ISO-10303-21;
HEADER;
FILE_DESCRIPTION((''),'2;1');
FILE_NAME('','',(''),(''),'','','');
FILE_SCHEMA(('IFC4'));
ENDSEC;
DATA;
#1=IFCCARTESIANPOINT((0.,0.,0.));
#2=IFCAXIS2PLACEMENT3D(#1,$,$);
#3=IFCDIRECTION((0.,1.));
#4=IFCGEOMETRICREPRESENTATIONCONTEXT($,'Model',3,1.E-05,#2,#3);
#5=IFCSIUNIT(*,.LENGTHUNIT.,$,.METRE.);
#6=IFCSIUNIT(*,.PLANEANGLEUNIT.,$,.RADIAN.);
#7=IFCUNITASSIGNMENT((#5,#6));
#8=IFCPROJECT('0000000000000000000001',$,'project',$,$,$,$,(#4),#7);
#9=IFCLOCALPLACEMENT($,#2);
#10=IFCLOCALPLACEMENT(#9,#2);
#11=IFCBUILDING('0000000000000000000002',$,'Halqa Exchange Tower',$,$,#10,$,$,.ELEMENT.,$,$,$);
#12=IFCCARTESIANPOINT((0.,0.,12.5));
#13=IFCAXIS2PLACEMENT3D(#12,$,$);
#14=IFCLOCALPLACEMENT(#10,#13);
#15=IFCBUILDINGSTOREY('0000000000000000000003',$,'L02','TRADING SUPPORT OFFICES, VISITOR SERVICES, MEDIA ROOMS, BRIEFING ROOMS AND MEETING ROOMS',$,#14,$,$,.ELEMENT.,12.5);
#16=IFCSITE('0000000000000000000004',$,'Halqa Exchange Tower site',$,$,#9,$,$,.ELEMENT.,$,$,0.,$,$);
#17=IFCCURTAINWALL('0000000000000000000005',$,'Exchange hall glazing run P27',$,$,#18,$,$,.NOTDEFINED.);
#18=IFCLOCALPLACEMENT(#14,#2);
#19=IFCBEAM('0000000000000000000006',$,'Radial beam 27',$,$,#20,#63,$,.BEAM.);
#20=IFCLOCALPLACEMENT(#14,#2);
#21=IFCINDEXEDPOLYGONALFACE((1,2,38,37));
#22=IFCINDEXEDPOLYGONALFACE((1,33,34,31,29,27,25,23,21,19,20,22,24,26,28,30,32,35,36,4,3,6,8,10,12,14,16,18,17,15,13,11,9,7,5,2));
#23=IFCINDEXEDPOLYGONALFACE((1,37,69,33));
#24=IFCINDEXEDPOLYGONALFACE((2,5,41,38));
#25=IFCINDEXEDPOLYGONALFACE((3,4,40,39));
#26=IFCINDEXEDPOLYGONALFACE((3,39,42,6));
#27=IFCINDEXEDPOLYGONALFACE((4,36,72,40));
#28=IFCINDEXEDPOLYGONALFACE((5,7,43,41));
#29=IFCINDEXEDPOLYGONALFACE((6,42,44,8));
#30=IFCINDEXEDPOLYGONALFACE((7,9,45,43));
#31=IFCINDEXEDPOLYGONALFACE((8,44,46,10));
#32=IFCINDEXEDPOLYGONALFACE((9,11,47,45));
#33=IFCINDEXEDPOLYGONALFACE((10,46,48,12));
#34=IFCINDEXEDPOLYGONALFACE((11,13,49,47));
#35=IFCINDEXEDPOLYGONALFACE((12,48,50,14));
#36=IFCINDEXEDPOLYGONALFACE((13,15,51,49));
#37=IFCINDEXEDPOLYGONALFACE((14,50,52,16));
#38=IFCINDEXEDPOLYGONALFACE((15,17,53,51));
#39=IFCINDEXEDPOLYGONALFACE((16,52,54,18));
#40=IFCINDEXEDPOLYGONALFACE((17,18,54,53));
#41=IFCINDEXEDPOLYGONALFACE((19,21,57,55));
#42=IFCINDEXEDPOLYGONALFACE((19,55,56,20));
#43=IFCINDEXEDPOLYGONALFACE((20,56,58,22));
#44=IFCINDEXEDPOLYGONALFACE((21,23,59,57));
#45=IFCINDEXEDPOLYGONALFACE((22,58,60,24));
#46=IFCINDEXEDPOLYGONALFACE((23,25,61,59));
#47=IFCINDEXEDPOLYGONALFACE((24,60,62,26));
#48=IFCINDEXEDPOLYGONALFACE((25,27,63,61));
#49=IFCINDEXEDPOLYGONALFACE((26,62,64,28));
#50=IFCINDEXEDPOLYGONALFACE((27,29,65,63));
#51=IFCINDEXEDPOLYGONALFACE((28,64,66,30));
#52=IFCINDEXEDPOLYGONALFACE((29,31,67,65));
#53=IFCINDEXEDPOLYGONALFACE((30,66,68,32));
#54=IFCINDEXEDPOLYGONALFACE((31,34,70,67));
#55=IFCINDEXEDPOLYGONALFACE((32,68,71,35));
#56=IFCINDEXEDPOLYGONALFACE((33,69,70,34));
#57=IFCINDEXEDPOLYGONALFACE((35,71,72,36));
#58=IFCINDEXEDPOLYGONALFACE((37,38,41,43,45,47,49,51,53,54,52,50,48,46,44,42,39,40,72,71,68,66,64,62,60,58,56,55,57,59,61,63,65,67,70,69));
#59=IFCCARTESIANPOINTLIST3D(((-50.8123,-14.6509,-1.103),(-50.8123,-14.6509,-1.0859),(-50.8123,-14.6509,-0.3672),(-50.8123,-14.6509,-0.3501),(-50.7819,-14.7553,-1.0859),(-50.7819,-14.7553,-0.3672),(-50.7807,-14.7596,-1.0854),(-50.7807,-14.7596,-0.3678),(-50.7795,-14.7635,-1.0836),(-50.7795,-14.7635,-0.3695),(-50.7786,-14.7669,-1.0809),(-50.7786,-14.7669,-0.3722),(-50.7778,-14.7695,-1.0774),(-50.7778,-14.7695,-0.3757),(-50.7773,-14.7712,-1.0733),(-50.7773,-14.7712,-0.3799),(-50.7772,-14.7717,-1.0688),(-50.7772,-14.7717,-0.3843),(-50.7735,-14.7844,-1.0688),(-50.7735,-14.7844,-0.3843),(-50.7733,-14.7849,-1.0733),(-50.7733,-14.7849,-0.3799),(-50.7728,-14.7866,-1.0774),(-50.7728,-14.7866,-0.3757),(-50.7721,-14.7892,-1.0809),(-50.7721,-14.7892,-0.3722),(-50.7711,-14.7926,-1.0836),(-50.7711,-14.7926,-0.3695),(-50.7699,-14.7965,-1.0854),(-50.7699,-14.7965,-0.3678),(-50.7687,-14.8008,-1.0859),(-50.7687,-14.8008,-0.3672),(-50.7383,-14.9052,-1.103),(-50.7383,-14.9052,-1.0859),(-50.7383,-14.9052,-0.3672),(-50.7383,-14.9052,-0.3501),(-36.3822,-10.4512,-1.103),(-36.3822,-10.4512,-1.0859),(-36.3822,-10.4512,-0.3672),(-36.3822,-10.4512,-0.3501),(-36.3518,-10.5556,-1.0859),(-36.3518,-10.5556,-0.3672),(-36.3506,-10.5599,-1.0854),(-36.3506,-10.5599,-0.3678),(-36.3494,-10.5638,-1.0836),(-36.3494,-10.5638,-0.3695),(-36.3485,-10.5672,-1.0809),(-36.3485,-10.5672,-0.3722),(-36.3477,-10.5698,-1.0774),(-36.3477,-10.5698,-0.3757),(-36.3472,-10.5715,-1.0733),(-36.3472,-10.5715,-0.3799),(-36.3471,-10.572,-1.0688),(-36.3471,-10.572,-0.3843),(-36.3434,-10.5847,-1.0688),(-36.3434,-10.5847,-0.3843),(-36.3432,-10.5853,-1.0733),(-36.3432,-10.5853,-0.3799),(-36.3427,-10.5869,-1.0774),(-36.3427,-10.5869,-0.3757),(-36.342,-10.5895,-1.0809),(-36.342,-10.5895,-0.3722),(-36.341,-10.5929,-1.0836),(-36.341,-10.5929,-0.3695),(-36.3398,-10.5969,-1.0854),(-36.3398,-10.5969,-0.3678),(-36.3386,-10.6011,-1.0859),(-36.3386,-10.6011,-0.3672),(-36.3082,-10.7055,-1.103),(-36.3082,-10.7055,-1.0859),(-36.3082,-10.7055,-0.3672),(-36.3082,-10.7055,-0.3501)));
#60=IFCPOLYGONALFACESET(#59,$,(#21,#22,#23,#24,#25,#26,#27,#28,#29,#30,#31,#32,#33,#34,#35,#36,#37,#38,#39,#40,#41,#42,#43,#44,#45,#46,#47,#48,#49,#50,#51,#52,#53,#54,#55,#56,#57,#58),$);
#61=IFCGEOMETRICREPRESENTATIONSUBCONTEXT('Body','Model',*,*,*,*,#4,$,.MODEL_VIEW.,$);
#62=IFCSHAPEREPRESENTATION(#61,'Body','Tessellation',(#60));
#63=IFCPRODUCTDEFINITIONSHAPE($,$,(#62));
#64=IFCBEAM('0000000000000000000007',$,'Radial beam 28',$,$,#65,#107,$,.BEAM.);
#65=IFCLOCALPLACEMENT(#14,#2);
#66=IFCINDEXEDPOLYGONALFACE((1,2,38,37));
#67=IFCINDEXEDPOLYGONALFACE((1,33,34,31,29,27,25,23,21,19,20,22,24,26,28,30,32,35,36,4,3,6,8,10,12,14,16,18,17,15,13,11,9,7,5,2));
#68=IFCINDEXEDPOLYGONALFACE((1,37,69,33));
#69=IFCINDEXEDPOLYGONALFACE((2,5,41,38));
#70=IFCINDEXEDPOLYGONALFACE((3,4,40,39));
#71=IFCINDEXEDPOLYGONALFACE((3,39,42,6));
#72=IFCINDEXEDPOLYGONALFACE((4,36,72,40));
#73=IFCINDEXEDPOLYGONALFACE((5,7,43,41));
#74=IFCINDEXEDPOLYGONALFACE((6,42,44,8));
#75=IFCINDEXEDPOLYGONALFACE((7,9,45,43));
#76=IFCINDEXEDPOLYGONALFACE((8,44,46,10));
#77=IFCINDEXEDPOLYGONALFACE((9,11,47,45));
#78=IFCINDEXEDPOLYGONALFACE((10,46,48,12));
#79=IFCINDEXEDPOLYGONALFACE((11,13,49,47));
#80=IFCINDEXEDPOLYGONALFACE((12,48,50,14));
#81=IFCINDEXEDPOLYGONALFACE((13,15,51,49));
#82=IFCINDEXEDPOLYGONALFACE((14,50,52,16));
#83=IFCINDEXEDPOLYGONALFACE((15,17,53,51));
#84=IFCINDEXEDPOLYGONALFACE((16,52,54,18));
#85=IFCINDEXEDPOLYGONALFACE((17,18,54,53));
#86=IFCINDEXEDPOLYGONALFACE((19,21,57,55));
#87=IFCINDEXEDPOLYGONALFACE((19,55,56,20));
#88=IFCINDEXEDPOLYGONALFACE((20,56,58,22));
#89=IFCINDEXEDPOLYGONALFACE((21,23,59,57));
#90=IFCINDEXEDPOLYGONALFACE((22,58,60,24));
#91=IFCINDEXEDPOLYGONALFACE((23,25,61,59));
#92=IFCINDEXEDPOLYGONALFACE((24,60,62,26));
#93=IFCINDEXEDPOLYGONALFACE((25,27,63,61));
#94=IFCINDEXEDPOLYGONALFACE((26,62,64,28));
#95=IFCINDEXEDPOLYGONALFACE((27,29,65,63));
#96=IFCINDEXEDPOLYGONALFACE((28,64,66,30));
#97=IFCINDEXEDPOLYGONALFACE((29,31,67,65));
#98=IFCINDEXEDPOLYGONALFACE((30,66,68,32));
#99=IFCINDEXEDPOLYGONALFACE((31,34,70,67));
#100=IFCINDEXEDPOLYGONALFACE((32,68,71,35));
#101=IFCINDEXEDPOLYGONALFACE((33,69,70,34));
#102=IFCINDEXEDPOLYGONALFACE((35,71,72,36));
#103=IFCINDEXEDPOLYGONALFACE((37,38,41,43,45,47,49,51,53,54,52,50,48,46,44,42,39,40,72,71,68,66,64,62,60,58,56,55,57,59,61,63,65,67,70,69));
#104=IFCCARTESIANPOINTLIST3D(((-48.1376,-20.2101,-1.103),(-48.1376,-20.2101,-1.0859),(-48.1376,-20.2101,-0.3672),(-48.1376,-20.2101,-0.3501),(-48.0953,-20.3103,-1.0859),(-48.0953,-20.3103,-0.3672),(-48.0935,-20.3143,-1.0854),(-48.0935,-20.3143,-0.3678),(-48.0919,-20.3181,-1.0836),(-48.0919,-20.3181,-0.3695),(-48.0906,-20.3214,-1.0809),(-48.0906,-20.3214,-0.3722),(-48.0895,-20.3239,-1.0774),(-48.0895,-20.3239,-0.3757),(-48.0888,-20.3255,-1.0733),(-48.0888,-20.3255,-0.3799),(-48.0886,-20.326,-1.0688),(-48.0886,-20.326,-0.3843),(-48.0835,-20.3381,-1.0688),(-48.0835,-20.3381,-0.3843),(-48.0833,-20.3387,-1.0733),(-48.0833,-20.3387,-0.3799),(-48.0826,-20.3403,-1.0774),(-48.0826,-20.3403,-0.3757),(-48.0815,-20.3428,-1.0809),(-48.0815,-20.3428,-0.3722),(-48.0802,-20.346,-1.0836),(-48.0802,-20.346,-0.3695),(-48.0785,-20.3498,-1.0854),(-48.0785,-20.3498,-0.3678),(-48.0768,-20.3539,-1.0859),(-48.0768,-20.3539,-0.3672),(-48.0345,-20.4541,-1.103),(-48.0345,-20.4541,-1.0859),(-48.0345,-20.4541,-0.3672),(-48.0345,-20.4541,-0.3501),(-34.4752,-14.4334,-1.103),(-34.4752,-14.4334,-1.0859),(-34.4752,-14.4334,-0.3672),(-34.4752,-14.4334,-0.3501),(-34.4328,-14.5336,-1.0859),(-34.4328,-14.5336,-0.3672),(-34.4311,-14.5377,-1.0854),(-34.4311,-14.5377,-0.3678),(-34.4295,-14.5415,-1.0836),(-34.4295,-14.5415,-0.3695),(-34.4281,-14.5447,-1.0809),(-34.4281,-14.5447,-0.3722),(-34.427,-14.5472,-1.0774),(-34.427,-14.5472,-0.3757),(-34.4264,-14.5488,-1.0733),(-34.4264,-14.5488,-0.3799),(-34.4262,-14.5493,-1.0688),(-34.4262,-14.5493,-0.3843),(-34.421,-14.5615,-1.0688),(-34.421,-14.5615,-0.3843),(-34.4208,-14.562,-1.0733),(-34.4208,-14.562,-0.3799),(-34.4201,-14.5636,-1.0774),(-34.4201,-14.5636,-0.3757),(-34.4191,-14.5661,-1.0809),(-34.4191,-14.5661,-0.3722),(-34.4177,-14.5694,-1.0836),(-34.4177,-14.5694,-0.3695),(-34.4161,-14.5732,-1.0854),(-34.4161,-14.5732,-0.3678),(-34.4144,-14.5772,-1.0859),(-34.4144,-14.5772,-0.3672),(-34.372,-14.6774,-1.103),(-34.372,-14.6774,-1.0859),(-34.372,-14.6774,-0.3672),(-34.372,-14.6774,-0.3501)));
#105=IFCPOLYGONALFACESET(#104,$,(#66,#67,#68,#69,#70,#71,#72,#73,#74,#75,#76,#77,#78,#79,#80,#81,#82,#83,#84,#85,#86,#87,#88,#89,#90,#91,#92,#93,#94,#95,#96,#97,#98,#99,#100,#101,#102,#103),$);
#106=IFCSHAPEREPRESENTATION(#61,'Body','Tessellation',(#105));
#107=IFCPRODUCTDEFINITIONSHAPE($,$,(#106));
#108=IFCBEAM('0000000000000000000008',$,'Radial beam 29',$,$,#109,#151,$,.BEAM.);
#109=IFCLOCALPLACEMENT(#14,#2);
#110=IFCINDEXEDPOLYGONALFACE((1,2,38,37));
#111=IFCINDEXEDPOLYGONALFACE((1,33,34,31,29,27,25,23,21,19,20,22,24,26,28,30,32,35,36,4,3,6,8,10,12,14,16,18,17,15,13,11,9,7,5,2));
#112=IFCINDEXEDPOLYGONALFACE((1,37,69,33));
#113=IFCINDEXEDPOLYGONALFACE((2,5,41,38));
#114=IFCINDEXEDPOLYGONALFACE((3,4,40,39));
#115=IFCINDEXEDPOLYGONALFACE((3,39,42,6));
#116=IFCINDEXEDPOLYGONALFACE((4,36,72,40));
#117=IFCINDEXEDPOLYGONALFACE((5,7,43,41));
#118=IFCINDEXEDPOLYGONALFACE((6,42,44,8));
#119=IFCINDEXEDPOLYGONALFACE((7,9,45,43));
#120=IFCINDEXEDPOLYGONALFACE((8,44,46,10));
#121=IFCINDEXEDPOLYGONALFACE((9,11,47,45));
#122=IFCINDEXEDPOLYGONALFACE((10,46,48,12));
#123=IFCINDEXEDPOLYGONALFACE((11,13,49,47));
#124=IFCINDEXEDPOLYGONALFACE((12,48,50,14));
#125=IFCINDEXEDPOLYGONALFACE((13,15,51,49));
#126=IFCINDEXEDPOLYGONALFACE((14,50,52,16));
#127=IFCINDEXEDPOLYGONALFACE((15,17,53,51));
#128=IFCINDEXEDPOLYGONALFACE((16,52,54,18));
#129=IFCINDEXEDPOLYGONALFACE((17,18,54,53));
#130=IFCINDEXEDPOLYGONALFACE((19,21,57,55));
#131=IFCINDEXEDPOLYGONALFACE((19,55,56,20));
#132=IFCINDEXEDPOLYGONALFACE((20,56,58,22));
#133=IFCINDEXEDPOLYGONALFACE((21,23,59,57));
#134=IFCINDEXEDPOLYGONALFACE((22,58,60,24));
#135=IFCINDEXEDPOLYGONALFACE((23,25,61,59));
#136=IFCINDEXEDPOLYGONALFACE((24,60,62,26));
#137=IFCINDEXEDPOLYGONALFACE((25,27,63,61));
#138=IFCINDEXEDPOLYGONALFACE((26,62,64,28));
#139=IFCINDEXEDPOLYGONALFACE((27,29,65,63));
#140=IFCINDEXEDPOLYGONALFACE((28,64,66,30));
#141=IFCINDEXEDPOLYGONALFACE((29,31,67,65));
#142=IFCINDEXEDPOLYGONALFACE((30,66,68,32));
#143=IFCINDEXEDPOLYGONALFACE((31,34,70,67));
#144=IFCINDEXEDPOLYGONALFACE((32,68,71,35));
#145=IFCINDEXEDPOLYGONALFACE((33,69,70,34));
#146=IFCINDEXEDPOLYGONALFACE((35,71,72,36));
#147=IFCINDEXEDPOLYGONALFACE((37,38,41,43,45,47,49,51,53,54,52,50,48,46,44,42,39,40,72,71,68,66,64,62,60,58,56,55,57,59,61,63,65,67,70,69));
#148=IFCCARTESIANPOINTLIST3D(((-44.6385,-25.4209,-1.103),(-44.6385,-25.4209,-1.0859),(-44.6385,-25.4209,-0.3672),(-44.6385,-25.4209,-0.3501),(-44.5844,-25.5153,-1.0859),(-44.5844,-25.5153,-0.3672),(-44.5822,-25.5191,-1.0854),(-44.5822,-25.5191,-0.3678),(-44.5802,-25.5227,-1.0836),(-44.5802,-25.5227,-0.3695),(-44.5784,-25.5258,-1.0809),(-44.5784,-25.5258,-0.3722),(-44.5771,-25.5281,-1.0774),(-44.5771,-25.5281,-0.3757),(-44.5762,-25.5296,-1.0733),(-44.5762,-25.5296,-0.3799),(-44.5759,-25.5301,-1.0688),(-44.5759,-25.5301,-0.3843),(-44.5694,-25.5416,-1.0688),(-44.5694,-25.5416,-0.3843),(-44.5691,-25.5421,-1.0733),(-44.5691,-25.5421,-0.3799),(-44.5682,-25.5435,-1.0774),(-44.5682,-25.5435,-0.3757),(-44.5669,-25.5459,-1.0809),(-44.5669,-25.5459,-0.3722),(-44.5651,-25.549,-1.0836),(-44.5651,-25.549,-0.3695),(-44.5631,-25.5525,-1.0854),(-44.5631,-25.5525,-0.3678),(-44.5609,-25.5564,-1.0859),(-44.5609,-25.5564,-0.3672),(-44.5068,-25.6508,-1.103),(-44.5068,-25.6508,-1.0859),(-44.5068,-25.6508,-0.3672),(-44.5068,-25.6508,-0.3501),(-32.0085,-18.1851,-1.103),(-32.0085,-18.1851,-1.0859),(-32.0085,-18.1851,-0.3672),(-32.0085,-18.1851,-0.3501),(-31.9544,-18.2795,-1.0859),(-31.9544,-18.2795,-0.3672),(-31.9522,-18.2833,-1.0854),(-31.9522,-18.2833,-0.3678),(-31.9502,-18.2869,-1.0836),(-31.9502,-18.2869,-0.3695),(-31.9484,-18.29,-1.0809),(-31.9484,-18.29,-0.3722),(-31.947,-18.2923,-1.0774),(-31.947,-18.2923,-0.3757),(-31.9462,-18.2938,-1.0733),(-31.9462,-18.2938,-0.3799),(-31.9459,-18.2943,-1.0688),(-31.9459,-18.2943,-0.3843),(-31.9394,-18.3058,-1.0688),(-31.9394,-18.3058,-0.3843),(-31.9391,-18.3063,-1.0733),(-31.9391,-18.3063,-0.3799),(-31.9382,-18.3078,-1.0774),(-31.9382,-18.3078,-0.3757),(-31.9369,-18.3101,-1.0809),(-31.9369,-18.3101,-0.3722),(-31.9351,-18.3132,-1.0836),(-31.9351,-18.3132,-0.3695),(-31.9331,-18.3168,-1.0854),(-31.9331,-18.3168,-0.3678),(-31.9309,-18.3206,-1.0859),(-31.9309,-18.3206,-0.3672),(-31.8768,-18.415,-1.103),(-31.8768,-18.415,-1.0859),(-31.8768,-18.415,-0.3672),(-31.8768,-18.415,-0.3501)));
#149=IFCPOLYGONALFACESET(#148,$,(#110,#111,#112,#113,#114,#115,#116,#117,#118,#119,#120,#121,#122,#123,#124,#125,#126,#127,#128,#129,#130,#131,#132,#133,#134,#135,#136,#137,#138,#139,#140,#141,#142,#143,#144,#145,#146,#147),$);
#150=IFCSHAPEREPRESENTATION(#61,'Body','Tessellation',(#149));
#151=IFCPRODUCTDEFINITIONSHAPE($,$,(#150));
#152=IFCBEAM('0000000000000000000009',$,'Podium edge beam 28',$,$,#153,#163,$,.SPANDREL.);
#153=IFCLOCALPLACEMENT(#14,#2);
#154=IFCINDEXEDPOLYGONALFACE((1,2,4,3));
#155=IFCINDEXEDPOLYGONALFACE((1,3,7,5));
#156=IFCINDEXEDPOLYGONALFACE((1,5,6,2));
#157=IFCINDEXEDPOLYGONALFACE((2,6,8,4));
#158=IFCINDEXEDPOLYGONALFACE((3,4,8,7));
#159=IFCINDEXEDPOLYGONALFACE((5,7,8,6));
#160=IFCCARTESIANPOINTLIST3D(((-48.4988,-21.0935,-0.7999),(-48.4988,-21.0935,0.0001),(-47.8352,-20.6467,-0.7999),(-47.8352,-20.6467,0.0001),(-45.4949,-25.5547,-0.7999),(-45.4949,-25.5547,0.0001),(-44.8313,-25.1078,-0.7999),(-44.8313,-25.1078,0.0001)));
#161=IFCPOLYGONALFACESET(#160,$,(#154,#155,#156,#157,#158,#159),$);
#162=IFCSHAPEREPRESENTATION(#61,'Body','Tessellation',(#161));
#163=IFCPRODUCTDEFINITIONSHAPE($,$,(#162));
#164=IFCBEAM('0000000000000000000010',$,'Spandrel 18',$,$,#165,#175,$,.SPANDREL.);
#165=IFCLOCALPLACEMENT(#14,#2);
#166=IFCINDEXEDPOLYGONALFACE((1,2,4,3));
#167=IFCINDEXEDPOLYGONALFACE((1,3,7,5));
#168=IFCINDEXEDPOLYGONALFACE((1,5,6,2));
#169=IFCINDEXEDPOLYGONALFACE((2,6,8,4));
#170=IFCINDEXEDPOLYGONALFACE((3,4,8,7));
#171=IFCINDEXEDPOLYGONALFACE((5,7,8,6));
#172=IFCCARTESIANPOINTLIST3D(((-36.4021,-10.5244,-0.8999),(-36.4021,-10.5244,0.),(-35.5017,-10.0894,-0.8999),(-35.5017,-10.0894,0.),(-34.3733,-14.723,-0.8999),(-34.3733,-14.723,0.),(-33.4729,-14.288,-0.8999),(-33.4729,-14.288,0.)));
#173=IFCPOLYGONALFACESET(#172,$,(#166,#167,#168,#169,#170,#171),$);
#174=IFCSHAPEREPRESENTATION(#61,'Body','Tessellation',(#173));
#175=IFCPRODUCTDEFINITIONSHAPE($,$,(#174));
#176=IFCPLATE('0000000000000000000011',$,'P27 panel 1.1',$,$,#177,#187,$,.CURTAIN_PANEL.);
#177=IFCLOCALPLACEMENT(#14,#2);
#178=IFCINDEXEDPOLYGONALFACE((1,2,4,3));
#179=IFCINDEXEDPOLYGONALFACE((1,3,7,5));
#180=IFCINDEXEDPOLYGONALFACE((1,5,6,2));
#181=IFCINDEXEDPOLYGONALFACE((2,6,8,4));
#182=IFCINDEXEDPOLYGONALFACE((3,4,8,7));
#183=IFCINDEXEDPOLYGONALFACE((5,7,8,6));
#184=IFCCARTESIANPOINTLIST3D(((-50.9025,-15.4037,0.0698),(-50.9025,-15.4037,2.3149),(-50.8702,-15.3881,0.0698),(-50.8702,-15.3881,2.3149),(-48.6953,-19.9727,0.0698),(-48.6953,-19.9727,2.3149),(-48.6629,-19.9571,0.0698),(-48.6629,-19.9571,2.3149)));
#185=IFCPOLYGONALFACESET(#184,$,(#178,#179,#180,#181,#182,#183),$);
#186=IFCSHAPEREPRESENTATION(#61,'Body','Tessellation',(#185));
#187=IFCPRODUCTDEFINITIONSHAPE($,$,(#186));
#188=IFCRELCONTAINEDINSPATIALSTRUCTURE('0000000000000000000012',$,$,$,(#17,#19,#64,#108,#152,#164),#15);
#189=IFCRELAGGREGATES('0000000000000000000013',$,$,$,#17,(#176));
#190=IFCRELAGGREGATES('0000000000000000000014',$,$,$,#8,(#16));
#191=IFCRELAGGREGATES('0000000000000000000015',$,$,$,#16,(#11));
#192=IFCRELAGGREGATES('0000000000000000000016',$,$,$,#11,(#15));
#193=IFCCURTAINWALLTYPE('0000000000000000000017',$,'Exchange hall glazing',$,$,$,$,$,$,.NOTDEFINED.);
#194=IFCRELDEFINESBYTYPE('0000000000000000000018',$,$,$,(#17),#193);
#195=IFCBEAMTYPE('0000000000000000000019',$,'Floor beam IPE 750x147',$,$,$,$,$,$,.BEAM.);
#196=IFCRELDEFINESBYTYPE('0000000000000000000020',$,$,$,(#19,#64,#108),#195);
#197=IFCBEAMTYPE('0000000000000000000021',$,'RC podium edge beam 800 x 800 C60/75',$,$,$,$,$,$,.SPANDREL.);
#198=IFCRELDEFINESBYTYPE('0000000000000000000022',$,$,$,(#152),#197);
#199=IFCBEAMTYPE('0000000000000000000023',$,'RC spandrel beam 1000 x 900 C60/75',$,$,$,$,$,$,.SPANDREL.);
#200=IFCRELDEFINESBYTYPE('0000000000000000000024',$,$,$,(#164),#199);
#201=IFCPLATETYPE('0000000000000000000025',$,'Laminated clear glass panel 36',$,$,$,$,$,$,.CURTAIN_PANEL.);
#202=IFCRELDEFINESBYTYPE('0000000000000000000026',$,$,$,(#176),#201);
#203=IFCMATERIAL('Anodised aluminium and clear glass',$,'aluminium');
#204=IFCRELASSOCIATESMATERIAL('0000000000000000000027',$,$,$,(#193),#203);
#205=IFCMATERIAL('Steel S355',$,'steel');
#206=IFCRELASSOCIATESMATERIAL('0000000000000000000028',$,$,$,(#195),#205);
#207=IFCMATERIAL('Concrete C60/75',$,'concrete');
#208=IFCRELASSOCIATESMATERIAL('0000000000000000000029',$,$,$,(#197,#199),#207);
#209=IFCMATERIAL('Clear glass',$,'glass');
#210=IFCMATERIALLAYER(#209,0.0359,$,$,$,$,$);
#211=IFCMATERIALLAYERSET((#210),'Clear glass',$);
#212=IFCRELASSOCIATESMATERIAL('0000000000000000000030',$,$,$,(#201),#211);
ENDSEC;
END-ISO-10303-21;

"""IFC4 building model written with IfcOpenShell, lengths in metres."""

from ifc_helpers import new_model, si_unit, direction, frame, origin, origin_2d, place, context, subcontext, project, spatial, rectangle, i_section, extrude, material, layer, layer_set, material_profile, profile_set, type_object, element, aggregate, save


model = new_model("IFC4")

# Units and contexts
model_context = context("Model", 3, precision=1e-05, world=origin(), true_north=direction((0.0, 1.0)))
body_context = subcontext(model_context, "Body", "Model", "MODEL_VIEW")
ifc_project = project(units=[si_unit("LENGTHUNIT", "METRE"), si_unit("PLANEANGLEUNIT", "RADIAN")], contexts=[model_context])

# Site, building, storey
site_placement = place(None, origin())
site = spatial("IfcSite", under=ifc_project, at=site_placement, Name="Halqa Exchange Tower site", CompositionType="ELEMENT", RefElevation=0.0)
building_placement = place(site_placement, origin())
building = spatial("IfcBuilding", under=site, at=building_placement, Name="Halqa Exchange Tower", CompositionType="ELEMENT")
storey_placement = place(building_placement, frame((0.0, 0.0, 12.5)))
storey = spatial("IfcBuildingStorey", under=building, at=storey_placement, Name="L02", Description="TRADING SUPPORT OFFICES, VISITOR SERVICES, MEDIA ROOMS, BRIEFING ROOMS AND MEETING ROOMS", CompositionType="ELEMENT", Elevation=12.5)

# Shared definitions
ifc_material_1 = material(Name="Concrete C60/75", Category="concrete")

# Curtain wall
ifc_material_2 = material(Name="Anodised aluminium and clear glass", Category="aluminium")
curtain_wall_type = type_object("IfcCurtainWallType", Name="Exchange hall glazing", PredefinedType="NOTDEFINED", material=ifc_material_2)
curtain_wall_1_placement = place(storey_placement, origin())
curtain_wall_1 = element("IfcCurtainWall", 1, at=curtain_wall_1_placement, inside=storey, type_object=curtain_wall_type, Name="Exchange hall glazing run P27", PredefinedType="NOTDEFINED")

# Beams
ifc_material_3 = material(Name="Steel S355", Category="steel")
ifc_material_profile_1 = material_profile(ifc_material_3, i_section(OverallWidth=0.2649, OverallDepth=0.7529, WebThickness=0.0132, FlangeThickness=0.0171, FilletRadius=0.0171, at=origin_2d()), Name="IPE 750x147")
ifc_profile_set_1 = profile_set([ifc_material_profile_1], Name="Steel S355")
beam_type_1 = type_object("IfcBeamType", Name="Floor beam IPE 750x147", PredefinedType="BEAM", material=ifc_profile_set_1)
beam_1_placement = place(storey_placement, frame((-36.3452, -10.5784, -0.7266), z_axis=(-0.960162, -0.279442, 0.0), x_axis=(0.279442, -0.960162, 0.0)))
element("IfcBeam", 2, at=beam_1_placement, inside=storey, type_object=beam_type_1, Name="Radial beam 27", PredefinedType="BEAM", context=body_context, shape_type="SweptSolid", body=[
    extrude(i_section(OverallWidth=0.2649, OverallDepth=0.7529, WebThickness=0.0132, FlangeThickness=0.0171, FilletRadius=0.0171, at=origin_2d()), origin(), (0.0, 0.0, 1.0), 15.0288),
])
beam_2_placement = place(storey_placement, frame((-34.4236, -14.5554, -0.7266), z_axis=(-0.921055, -0.389433, 0.0), x_axis=(0.389433, -0.921055, 0.0)))
element("IfcBeam", 3, at=beam_2_placement, inside=storey, type_object=beam_type_1, Name="Radial beam 28", PredefinedType="BEAM", context=body_context, shape_type="SweptSolid", body=[
    extrude(i_section(OverallWidth=0.2649, OverallDepth=0.7529, WebThickness=0.0132, FlangeThickness=0.0171, FilletRadius=0.0171, at=origin_2d()), origin(), (0.0, 0.0, 1.0), 14.8335),
])
beam_3_placement = place(storey_placement, frame((-31.9426, -18.3, -0.7266), z_axis=(-0.867691, -0.497103, 0.0), x_axis=(0.497103, -0.867691, 0.0)))
element("IfcBeam", 4, at=beam_3_placement, inside=storey, type_object=beam_type_1, Name="Radial beam 29", PredefinedType="BEAM", context=body_context, shape_type="SweptSolid", body=[
    extrude(i_section(OverallWidth=0.2649, OverallDepth=0.7529, WebThickness=0.0132, FlangeThickness=0.0171, FilletRadius=0.0171, at=origin_2d()), origin(), (0.0, 0.0, 1.0), 14.5559),
])
ifc_material_profile_2 = material_profile(ifc_material_1, rectangle(XDim=0.8, YDim=0.8, at=origin_2d()), Name="800 x 800")
ifc_profile_set_2 = profile_set([ifc_material_profile_2], Name="Concrete C60/75")
beam_type_2 = type_object("IfcBeamType", Name="RC podium edge beam 800 x 800 C60/75", PredefinedType="SPANDREL", material=ifc_profile_set_2)
beam_4_placement = place(storey_placement, frame((-48.167, -20.8701, -0.3999), z_axis=(0.558528, -0.829485, 0.0), x_axis=(0.829485, 0.558528, 0.0)))
element("IfcBeam", 5, at=beam_4_placement, inside=storey, type_object=beam_type_2, Name="Podium edge beam 28", PredefinedType="SPANDREL", context=body_context, shape_type="SweptSolid", body=[
    extrude(rectangle(XDim=0.8, YDim=0.8, at=origin_2d()), origin(), (0.0, 0.0, 1.0), 5.3782),
])
ifc_material_profile_3 = material_profile(ifc_material_1, rectangle(XDim=1.0, YDim=0.8999, at=origin_2d()), Name="1000 x 900")
ifc_profile_set_3 = profile_set([ifc_material_profile_3], Name="Concrete C60/75")
beam_type_3 = type_object("IfcBeamType", Name="RC spandrel beam 1000 x 900 C60/75", PredefinedType="SPANDREL", material=ifc_profile_set_3)
beam_5_placement = place(storey_placement, frame((-35.9519, -10.3069, -0.45), z_axis=(0.435068, -0.900397, 0.0), x_axis=(0.900397, 0.435068, 0.0)))
element("IfcBeam", 6, at=beam_5_placement, inside=storey, type_object=beam_type_3, Name="Spandrel 18", PredefinedType="SPANDREL", context=body_context, shape_type="SweptSolid", body=[
    extrude(rectangle(XDim=1.0, YDim=0.8999, at=origin_2d()), origin(), (0.0, 0.0, 1.0), 4.6631),
])

# Plate
ifc_material_4 = material(Name="Clear glass", Category="glass")
ifc_layer_1 = layer(ifc_material_4, 0.0359)
ifc_layer_set_1 = layer_set([ifc_layer_1], Name="Clear glass")
plate_type = type_object("IfcPlateType", Name="Laminated clear glass panel 36", PredefinedType="CURTAIN_PANEL", material=ifc_layer_set_1)
plate_1_placement = place(storey_placement, frame((-49.7827, -17.6804, 0.0698), z_axis=(0.0, 0.0, 1.0), x_axis=(0.43499, -0.900435, 0.0)))
plate_1 = element("IfcPlate", 7, at=plate_1_placement, type_object=plate_type, Name="P27 panel 1.1", PredefinedType="CURTAIN_PANEL", context=body_context, shape_type="SweptSolid", body=[
    extrude(rectangle(XDim=5.0742, YDim=0.0359, at=origin_2d()), origin(), (0.0, 0.0, 1.0), 2.2451),
])
aggregate(curtain_wall_1, [plate_1])

save(model, "model.ifc")
